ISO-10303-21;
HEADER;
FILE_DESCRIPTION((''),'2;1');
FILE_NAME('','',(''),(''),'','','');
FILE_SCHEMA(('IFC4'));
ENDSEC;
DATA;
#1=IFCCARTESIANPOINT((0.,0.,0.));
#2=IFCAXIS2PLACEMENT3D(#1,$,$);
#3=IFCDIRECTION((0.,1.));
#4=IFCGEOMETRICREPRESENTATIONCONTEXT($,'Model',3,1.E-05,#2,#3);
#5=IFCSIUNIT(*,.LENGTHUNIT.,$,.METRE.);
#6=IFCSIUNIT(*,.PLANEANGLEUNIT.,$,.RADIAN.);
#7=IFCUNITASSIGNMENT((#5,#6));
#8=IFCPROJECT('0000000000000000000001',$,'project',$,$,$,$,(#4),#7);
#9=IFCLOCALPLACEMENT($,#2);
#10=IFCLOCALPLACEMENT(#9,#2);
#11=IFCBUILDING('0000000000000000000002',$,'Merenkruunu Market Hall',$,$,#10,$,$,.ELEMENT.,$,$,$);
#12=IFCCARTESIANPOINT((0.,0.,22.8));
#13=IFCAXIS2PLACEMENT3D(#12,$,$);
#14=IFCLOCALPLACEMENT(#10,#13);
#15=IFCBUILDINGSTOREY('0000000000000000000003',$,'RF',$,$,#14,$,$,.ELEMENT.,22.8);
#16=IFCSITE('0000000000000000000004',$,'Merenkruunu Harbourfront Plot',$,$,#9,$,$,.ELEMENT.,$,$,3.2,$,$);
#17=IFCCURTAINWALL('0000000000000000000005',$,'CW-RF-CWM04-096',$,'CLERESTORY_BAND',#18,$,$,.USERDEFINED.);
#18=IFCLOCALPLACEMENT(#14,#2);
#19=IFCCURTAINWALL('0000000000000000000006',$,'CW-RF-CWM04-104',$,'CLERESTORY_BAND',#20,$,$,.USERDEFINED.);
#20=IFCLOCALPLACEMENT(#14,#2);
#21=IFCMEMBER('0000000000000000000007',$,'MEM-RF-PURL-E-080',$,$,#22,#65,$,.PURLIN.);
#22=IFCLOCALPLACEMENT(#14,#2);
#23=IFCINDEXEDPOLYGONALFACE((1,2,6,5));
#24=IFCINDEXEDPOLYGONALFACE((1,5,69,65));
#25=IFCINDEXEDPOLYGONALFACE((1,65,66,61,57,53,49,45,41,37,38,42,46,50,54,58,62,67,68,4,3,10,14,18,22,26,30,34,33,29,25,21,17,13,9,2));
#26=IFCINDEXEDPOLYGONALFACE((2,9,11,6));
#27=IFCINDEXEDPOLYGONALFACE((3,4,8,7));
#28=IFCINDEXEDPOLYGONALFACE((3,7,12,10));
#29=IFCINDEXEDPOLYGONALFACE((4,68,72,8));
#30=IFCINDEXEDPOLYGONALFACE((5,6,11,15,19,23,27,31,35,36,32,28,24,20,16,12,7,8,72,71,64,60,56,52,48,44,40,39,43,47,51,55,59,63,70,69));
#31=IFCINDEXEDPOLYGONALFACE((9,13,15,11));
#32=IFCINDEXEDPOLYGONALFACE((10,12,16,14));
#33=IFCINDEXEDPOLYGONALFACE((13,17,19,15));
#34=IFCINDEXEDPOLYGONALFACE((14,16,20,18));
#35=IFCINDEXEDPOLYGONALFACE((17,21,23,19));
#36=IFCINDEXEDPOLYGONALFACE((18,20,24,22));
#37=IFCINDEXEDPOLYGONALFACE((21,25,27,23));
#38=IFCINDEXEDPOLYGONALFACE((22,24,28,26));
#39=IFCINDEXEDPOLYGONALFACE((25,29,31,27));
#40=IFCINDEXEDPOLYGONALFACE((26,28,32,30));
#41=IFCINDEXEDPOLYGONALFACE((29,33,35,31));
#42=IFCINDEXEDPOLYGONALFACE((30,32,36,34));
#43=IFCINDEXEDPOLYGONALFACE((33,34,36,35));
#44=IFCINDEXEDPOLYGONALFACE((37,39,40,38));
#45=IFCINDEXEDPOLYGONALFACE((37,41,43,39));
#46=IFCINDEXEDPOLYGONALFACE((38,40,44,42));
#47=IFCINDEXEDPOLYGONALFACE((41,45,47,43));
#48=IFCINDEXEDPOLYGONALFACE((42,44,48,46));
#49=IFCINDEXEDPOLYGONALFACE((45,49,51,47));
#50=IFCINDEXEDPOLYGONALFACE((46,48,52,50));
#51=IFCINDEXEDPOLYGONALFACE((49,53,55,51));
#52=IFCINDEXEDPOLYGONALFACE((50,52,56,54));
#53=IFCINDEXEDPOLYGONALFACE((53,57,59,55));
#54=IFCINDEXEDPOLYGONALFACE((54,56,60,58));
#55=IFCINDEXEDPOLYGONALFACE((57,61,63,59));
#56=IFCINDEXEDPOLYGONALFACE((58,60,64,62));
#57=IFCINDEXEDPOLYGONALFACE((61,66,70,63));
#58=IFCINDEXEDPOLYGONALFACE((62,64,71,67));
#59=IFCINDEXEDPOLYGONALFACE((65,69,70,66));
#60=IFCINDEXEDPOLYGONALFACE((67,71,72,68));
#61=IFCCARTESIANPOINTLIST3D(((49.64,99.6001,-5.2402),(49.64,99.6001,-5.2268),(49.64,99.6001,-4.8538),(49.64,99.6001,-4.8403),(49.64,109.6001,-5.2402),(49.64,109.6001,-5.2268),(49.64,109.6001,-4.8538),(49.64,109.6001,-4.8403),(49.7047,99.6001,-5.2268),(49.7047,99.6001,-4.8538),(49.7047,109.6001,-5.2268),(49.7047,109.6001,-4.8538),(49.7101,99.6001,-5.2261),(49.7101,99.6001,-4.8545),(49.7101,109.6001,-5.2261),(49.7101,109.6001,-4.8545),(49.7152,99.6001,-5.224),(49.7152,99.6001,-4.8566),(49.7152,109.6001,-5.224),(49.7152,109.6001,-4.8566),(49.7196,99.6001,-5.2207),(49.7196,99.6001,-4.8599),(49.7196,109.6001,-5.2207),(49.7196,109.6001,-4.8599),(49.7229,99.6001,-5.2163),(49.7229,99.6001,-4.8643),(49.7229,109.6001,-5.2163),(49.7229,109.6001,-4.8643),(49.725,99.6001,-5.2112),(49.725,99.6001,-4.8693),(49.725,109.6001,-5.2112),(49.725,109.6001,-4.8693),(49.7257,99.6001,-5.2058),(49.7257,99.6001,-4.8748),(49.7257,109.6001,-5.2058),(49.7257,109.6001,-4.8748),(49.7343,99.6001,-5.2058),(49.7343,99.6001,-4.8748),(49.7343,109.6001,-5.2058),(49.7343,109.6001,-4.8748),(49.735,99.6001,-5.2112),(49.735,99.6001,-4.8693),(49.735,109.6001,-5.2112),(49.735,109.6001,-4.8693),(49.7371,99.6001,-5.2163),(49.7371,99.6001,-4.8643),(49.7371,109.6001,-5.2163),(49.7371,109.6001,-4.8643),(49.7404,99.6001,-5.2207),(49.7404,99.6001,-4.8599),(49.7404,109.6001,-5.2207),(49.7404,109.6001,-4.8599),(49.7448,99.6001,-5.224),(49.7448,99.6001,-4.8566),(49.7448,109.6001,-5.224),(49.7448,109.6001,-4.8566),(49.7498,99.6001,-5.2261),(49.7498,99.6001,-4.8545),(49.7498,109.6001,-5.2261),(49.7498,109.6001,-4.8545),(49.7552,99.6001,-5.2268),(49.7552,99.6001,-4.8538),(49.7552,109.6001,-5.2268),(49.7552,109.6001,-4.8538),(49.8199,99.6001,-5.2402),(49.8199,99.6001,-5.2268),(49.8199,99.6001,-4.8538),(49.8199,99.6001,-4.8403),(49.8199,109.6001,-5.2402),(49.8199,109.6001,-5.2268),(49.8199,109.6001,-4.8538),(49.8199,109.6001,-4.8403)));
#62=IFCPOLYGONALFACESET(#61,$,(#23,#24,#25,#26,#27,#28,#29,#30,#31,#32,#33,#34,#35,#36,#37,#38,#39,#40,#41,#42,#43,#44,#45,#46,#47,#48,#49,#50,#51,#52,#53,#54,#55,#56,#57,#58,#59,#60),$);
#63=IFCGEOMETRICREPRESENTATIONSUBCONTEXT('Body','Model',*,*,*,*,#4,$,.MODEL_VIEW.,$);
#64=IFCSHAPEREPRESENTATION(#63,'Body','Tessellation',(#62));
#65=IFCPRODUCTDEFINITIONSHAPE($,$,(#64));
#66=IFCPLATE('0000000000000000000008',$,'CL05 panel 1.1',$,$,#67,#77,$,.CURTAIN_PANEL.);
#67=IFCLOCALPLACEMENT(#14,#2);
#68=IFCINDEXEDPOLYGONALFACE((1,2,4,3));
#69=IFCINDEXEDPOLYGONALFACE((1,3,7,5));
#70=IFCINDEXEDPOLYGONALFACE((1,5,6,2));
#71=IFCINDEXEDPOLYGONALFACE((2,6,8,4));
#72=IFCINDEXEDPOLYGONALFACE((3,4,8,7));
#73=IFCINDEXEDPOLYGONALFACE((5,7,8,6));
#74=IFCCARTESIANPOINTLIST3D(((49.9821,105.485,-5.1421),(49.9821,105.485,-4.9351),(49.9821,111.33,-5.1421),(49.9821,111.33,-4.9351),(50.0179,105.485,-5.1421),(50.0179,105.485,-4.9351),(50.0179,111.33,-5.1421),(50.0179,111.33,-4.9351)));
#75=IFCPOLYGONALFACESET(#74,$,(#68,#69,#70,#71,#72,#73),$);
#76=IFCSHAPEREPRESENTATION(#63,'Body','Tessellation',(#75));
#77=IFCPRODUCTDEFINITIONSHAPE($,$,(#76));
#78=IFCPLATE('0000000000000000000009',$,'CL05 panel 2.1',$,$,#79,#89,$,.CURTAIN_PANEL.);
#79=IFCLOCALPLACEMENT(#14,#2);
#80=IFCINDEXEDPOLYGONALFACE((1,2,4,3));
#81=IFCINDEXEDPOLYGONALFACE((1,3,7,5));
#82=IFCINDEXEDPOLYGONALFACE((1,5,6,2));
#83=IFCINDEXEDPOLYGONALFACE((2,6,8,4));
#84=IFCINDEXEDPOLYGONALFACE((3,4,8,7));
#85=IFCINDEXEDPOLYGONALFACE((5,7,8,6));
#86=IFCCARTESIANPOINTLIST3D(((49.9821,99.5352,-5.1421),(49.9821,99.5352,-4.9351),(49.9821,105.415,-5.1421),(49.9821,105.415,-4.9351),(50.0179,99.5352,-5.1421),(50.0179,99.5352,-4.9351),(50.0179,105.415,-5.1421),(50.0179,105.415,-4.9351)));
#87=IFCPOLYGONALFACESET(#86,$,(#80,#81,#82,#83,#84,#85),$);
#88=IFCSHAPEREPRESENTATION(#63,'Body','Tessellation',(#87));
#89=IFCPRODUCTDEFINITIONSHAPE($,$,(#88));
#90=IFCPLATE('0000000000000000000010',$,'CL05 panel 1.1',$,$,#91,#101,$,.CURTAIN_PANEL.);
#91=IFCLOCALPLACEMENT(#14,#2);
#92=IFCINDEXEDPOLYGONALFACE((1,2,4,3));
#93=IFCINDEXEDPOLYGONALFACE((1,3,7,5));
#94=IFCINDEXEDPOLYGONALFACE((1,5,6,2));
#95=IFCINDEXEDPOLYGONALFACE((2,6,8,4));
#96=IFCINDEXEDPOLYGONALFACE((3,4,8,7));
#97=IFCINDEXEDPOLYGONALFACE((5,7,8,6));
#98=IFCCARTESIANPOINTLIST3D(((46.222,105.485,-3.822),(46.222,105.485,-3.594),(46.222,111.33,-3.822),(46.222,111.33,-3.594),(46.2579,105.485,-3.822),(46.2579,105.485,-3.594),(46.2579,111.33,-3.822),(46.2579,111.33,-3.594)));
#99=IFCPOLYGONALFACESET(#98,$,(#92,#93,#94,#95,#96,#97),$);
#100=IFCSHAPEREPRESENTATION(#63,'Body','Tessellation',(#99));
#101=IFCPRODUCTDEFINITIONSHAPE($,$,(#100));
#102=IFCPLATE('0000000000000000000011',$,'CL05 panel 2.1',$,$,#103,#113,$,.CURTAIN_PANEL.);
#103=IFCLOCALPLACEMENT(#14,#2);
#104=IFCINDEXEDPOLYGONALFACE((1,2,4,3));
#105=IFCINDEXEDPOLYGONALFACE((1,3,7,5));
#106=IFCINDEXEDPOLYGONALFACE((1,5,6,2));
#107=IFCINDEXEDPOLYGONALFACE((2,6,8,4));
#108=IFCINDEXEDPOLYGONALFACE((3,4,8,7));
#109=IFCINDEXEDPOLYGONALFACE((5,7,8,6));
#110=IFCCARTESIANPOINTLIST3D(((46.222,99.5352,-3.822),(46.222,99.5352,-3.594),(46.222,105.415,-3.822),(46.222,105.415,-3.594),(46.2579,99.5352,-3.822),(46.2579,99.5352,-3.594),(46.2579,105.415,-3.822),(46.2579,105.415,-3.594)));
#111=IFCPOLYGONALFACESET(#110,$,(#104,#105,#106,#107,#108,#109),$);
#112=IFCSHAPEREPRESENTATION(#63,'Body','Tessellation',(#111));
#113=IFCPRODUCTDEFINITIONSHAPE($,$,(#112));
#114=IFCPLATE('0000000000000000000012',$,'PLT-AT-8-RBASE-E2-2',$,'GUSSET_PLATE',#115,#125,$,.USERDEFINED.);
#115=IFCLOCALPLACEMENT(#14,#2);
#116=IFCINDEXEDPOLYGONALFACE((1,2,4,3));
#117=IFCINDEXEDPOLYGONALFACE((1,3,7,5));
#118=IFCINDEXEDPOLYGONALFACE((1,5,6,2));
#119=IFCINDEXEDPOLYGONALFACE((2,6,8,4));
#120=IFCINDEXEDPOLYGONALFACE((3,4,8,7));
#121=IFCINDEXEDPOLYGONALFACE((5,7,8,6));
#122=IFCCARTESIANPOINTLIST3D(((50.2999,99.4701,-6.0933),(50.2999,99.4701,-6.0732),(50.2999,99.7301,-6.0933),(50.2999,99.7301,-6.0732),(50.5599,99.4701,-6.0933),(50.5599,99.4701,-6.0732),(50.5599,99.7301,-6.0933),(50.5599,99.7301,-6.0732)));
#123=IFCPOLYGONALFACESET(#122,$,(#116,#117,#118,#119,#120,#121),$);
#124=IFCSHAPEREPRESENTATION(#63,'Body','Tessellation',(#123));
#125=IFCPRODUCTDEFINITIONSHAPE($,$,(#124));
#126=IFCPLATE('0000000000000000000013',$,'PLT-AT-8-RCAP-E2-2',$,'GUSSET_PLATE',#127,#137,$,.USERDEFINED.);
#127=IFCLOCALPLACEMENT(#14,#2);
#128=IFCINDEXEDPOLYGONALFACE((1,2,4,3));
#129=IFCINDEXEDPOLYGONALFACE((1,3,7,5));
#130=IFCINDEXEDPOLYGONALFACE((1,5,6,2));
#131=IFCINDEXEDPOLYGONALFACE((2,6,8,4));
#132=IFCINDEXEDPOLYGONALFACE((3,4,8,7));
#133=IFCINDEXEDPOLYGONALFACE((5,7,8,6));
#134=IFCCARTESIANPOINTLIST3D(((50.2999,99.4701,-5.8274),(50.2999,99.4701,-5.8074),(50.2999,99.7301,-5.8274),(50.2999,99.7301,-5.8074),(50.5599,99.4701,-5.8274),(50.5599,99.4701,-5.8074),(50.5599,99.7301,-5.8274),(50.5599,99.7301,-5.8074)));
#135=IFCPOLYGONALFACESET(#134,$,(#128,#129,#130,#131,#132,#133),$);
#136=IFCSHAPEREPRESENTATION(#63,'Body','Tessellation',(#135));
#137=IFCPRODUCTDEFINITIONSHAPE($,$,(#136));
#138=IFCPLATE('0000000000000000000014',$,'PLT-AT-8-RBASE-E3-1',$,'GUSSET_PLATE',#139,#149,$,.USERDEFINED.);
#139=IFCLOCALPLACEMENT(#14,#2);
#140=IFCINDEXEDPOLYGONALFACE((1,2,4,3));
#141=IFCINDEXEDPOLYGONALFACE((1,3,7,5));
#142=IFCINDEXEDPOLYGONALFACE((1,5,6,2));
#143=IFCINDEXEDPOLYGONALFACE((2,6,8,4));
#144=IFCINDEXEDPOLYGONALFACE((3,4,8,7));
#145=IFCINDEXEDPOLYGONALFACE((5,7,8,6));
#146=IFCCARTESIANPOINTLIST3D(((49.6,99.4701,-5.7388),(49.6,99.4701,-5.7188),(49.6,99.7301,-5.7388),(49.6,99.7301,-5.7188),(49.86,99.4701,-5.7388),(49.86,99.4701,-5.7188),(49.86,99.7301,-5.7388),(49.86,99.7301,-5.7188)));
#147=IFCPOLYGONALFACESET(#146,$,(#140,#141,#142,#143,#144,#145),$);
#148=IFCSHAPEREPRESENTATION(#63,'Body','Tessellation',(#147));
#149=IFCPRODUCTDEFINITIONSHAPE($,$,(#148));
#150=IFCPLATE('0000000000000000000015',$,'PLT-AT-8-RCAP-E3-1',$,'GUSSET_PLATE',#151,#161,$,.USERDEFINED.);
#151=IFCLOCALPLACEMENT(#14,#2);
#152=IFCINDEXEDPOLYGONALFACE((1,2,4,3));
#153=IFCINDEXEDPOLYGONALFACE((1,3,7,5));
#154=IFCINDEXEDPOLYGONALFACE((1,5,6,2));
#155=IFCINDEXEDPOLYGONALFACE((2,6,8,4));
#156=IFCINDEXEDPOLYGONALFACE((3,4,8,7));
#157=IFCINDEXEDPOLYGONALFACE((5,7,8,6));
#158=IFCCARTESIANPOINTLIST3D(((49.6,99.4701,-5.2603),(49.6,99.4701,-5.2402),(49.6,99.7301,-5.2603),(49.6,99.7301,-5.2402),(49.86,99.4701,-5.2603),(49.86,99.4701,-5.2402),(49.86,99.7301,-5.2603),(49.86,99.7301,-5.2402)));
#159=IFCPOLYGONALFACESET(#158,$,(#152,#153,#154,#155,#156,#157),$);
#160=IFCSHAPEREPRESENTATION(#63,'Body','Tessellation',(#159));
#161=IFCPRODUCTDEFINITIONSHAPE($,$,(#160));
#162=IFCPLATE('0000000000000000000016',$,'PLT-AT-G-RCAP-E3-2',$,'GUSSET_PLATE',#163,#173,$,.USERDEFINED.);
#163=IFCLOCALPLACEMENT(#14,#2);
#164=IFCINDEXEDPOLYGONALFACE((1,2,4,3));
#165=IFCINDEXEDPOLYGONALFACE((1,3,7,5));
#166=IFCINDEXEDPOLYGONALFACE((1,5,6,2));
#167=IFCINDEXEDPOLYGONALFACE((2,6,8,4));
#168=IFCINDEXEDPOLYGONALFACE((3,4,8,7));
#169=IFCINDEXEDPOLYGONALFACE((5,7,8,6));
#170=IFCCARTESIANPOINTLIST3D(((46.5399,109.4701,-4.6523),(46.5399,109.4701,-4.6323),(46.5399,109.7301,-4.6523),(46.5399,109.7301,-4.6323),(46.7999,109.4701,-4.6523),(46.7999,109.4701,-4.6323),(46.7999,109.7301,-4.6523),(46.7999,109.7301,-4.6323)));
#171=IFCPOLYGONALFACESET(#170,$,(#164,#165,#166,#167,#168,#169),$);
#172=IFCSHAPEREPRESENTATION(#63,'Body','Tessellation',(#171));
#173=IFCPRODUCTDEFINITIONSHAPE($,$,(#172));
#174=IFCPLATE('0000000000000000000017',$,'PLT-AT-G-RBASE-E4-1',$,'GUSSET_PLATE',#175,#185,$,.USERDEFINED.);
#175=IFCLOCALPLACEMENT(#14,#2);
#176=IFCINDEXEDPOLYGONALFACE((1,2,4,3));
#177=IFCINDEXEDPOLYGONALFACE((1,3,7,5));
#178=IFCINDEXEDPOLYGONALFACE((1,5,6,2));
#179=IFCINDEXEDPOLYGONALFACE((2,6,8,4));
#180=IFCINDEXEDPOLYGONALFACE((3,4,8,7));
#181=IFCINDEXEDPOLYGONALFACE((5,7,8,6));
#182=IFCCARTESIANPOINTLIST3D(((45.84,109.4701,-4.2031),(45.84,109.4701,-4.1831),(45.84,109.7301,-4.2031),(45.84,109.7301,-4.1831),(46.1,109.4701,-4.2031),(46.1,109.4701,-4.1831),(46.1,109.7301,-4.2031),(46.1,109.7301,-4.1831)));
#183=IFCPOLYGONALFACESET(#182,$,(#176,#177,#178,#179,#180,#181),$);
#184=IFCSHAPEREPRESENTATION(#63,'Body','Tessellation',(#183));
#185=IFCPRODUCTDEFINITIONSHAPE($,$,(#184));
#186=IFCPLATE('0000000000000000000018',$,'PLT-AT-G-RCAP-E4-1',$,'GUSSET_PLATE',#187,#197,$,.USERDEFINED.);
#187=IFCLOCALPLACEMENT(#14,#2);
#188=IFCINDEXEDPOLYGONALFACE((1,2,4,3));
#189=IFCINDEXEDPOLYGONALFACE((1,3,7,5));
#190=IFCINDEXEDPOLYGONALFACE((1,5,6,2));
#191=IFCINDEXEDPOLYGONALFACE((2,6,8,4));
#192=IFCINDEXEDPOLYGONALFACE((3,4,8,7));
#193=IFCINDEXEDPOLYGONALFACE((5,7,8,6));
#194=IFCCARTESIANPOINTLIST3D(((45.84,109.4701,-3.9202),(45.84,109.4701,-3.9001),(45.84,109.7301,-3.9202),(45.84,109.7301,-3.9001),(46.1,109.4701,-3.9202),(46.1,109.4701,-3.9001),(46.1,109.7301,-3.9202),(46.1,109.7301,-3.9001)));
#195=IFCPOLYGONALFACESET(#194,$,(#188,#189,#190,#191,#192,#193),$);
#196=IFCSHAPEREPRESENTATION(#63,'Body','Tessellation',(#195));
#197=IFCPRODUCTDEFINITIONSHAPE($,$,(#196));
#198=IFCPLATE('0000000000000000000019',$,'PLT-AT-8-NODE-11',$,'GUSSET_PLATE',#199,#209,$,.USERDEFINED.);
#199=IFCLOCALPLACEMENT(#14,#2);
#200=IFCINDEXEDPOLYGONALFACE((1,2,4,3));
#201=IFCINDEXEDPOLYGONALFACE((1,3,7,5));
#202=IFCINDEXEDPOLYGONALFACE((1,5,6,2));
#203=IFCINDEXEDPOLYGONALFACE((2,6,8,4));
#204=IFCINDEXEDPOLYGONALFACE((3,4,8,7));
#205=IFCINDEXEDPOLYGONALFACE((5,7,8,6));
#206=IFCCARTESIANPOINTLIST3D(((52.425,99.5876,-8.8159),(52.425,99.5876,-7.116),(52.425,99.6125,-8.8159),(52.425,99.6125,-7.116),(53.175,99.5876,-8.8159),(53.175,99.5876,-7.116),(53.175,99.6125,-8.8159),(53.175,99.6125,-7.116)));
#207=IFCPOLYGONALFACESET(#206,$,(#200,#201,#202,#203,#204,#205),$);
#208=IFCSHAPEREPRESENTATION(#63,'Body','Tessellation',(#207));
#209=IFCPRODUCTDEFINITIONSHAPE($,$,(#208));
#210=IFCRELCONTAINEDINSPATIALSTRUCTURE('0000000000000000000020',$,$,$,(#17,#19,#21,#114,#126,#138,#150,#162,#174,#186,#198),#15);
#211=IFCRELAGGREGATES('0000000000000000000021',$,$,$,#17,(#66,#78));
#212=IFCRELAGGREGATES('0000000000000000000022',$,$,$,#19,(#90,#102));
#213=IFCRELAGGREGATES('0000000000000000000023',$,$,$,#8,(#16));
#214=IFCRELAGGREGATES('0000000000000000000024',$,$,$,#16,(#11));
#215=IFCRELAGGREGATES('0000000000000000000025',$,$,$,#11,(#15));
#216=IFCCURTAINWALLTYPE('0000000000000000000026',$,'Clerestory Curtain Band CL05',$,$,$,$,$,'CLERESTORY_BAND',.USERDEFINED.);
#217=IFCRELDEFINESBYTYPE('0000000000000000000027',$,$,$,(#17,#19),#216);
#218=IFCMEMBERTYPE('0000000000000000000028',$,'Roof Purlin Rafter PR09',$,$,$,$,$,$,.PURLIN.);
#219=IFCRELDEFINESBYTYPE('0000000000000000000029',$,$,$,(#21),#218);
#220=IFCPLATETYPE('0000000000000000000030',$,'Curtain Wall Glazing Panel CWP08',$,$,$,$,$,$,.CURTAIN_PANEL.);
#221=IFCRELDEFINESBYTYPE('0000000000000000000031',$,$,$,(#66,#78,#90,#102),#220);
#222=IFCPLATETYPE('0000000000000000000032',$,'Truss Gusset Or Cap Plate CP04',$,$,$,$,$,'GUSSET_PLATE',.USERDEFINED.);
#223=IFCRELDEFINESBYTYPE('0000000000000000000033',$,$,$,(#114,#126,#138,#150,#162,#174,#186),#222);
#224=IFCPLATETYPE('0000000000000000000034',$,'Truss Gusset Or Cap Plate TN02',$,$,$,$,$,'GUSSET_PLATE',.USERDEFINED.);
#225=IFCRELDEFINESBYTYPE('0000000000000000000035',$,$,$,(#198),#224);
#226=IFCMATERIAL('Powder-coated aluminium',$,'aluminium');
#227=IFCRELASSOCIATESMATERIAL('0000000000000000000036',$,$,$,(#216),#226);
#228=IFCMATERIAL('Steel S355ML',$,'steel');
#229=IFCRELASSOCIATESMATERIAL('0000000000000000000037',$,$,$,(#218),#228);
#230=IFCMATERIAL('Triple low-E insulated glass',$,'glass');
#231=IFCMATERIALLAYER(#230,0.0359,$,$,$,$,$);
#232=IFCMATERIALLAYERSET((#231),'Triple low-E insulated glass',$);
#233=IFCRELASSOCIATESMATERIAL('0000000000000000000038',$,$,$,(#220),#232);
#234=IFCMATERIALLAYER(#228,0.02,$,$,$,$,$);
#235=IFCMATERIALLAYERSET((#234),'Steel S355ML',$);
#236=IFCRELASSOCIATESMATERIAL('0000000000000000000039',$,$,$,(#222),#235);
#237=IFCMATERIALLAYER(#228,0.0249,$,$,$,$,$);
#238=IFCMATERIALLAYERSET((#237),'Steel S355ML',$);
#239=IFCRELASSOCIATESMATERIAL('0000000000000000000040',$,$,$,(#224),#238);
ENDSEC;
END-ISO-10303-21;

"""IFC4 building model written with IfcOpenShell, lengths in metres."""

from ifc_helpers import new_model, si_unit, direction, frame, origin, origin_2d, place, context, subcontext, project, spatial, rectangle, i_section, extrude, material, layer, layer_set, material_profile, profile_set, type_object, element, aggregate, save


model = new_model("IFC4")

# Units and contexts
model_context = context("Model", 3, precision=1e-05, world=origin(), true_north=direction((0.0, 1.0)))
body_context = subcontext(model_context, "Body", "Model", "MODEL_VIEW")
ifc_project = project(units=[si_unit("LENGTHUNIT", "METRE"), si_unit("PLANEANGLEUNIT", "RADIAN")], contexts=[model_context])

# Site, building, storey
site_placement = place(None, origin())
site = spatial("IfcSite", under=ifc_project, at=site_placement, Name="Merenkruunu Harbourfront Plot", CompositionType="ELEMENT", RefElevation=3.2)
building_placement = place(site_placement, origin())
building = spatial("IfcBuilding", under=site, at=building_placement, Name="Merenkruunu Market Hall", CompositionType="ELEMENT")
storey_placement = place(building_placement, frame((0.0, 0.0, 22.8)))
storey = spatial("IfcBuildingStorey", under=building, at=storey_placement, Name="RF", CompositionType="ELEMENT", Elevation=22.8)

# Shared definitions
ifc_material_1 = material(Name="Steel S355ML", Category="steel")

# Curtain walls
ifc_material_2 = material(Name="Powder-coated aluminium", Category="aluminium")
curtain_wall_type = type_object("IfcCurtainWallType", Name="Clerestory Curtain Band CL05", ElementType="CLERESTORY_BAND", PredefinedType="USERDEFINED", material=ifc_material_2)
curtain_wall_1_placement = place(storey_placement, origin())
curtain_wall_1 = element("IfcCurtainWall", 1, at=curtain_wall_1_placement, inside=storey, type_object=curtain_wall_type, Name="CW-RF-CWM04-096", ObjectType="CLERESTORY_BAND", PredefinedType="USERDEFINED")
curtain_wall_2_placement = place(storey_placement, origin())
curtain_wall_2 = element("IfcCurtainWall", 2, at=curtain_wall_2_placement, inside=storey, type_object=curtain_wall_type, Name="CW-RF-CWM04-104", ObjectType="CLERESTORY_BAND", PredefinedType="USERDEFINED")

# Member
ifc_material_profile_1 = material_profile(ifc_material_1, i_section(OverallWidth=0.1799, OverallDepth=0.3999, WebThickness=0.0085, FlangeThickness=0.0134, FilletRadius=0.021, at=origin_2d()), Name="IPE 400")
ifc_profile_set_1 = profile_set([ifc_material_profile_1], Name="Steel S355ML")
member_type_1 = type_object("IfcMemberType", Name="Roof Purlin Rafter PR09", PredefinedType="PURLIN", material=ifc_profile_set_1)
member_1_placement = place(storey_placement, frame((49.73, 99.6001, -5.0403), z_axis=(0.0, 1.0, 0.0), x_axis=(-1.0, 0.0, 0.0)))
element("IfcMember", 3, at=member_1_placement, inside=storey, type_object=member_type_1, Name="MEM-RF-PURL-E-080", PredefinedType="PURLIN", context=body_context, shape_type="SweptSolid", body=[
    extrude(i_section(OverallWidth=0.1799, OverallDepth=0.3999, WebThickness=0.0085, FlangeThickness=0.0134, FilletRadius=0.021, at=origin_2d()), origin(), (0.0, 0.0, 1.0), 10.0),
])

# Plates
ifc_material_3 = material(Name="Triple low-E insulated glass", Category="glass")
ifc_layer_1 = layer(ifc_material_3, 0.0359)
ifc_layer_set_1 = layer_set([ifc_layer_1], Name="Triple low-E insulated glass")
plate_type_1 = type_object("IfcPlateType", Name="Curtain Wall Glazing Panel CWP08", PredefinedType="CURTAIN_PANEL", material=ifc_layer_set_1)
plate_1_placement = place(storey_placement, frame((50.0, 108.4075, -5.1421), z_axis=(0.0, 0.0, 1.0), x_axis=(0.0, -1.0, 0.0)))
plate_1 = element("IfcPlate", 4, at=plate_1_placement, type_object=plate_type_1, Name="CL05 panel 1.1", PredefinedType="CURTAIN_PANEL", context=body_context, shape_type="SweptSolid", body=[
    extrude(rectangle(XDim=5.845, YDim=0.0359, at=origin_2d()), origin(), (0.0, 0.0, 1.0), 0.207),
])
plate_2_placement = place(storey_placement, frame((50.0, 102.4751, -5.1421), z_axis=(0.0, 0.0, 1.0), x_axis=(0.0, -1.0, 0.0)))
plate_2 = element("IfcPlate", 5, at=plate_2_placement, type_object=plate_type_1, Name="CL05 panel 2.1", PredefinedType="CURTAIN_PANEL", context=body_context, shape_type="SweptSolid", body=[
    extrude(rectangle(XDim=5.8799, YDim=0.0359, at=origin_2d()), origin(), (0.0, 0.0, 1.0), 0.207),
])
aggregate(curtain_wall_1, [plate_1, plate_2])
plate_3_placement = place(storey_placement, frame((46.24, 108.4075, -3.822), z_axis=(0.0, 0.0, 1.0), x_axis=(0.0, -1.0, 0.0)))
plate_3 = element("IfcPlate", 6, at=plate_3_placement, type_object=plate_type_1, Name="CL05 panel 1.1", PredefinedType="CURTAIN_PANEL", context=body_context, shape_type="SweptSolid", body=[
    extrude(rectangle(XDim=5.845, YDim=0.0359, at=origin_2d()), origin(), (0.0, 0.0, 1.0), 0.228),
])
plate_4_placement = place(storey_placement, frame((46.24, 102.4751, -3.822), z_axis=(0.0, 0.0, 1.0), x_axis=(0.0, -1.0, 0.0)))
plate_4 = element("IfcPlate", 7, at=plate_4_placement, type_object=plate_type_1, Name="CL05 panel 2.1", PredefinedType="CURTAIN_PANEL", context=body_context, shape_type="SweptSolid", body=[
    extrude(rectangle(XDim=5.8799, YDim=0.0359, at=origin_2d()), origin(), (0.0, 0.0, 1.0), 0.228),
])
aggregate(curtain_wall_2, [plate_3, plate_4])

# Plates
ifc_layer_2 = layer(ifc_material_1, 0.02)
ifc_layer_set_2 = layer_set([ifc_layer_2], Name="Steel S355ML")
plate_type_2 = type_object("IfcPlateType", Name="Truss Gusset Or Cap Plate CP04", ElementType="GUSSET_PLATE", PredefinedType="USERDEFINED", material=ifc_layer_set_2)
for number, where, z_axis, x_axis, name in (
    (8, (50.4299, 99.6001, -6.0933), (0.0, 0.0, 1.0), (1.0, 0.0, 0.0), "PLT-AT-8-RBASE-E2-2"),
    (9, (50.4299, 99.6001, -5.8274), (0.0, 0.0, 1.0), (1.0, 0.0, 0.0), "PLT-AT-8-RCAP-E2-2"),
    (10, (49.73, 99.6001, -5.7388), (0.0, 0.0, 1.0), (1.0, 0.0, 0.0), "PLT-AT-8-RBASE-E3-1"),
    (11, (49.73, 99.6001, -5.2603), (0.0, 0.0, 1.0), (1.0, 0.0, 0.0), "PLT-AT-8-RCAP-E3-1"),
    (12, (46.6699, 109.6001, -4.6523), (0.0, 0.0, 1.0), (1.0, 0.0, 0.0), "PLT-AT-G-RCAP-E3-2"),
    (13, (45.97, 109.6001, -4.2031), (0.0, 0.0, 1.0), (1.0, 0.0, 0.0), "PLT-AT-G-RBASE-E4-1"),
    (14, (45.97, 109.6001, -3.9202), (0.0, 0.0, 1.0), (1.0, 0.0, 0.0), "PLT-AT-G-RCAP-E4-1"),
):
    element("IfcPlate", number, at=place(storey_placement, frame(where, z_axis=z_axis, x_axis=x_axis)), inside=storey, type_object=plate_type_2, Name=name, ObjectType="GUSSET_PLATE", PredefinedType="USERDEFINED", context=body_context, shape_type="SweptSolid", body=[
        extrude(rectangle(XDim=0.26, YDim=0.26, at=origin_2d()), origin(), (0.0, 0.0, 1.0), 0.02),
    ])
ifc_layer_3 = layer(ifc_material_1, 0.0249)
ifc_layer_set_3 = layer_set([ifc_layer_3], Name="Steel S355ML")
plate_type_3 = type_object("IfcPlateType", Name="Truss Gusset Or Cap Plate TN02", ElementType="GUSSET_PLATE", PredefinedType="USERDEFINED", material=ifc_layer_set_3)
plate_5_placement = place(storey_placement, frame((52.8, 99.6001, -8.8159), z_axis=(0.0, 0.0, 1.0), x_axis=(1.0, 0.0, 0.0)))
element("IfcPlate", 15, at=plate_5_placement, inside=storey, type_object=plate_type_3, Name="PLT-AT-8-NODE-11", ObjectType="GUSSET_PLATE", PredefinedType="USERDEFINED", context=body_context, shape_type="SweptSolid", body=[
    extrude(rectangle(XDim=0.75, YDim=0.0249, at=origin_2d()), origin(), (0.0, 0.0, 1.0), 1.7),
])

save(model, "model.ifc")
